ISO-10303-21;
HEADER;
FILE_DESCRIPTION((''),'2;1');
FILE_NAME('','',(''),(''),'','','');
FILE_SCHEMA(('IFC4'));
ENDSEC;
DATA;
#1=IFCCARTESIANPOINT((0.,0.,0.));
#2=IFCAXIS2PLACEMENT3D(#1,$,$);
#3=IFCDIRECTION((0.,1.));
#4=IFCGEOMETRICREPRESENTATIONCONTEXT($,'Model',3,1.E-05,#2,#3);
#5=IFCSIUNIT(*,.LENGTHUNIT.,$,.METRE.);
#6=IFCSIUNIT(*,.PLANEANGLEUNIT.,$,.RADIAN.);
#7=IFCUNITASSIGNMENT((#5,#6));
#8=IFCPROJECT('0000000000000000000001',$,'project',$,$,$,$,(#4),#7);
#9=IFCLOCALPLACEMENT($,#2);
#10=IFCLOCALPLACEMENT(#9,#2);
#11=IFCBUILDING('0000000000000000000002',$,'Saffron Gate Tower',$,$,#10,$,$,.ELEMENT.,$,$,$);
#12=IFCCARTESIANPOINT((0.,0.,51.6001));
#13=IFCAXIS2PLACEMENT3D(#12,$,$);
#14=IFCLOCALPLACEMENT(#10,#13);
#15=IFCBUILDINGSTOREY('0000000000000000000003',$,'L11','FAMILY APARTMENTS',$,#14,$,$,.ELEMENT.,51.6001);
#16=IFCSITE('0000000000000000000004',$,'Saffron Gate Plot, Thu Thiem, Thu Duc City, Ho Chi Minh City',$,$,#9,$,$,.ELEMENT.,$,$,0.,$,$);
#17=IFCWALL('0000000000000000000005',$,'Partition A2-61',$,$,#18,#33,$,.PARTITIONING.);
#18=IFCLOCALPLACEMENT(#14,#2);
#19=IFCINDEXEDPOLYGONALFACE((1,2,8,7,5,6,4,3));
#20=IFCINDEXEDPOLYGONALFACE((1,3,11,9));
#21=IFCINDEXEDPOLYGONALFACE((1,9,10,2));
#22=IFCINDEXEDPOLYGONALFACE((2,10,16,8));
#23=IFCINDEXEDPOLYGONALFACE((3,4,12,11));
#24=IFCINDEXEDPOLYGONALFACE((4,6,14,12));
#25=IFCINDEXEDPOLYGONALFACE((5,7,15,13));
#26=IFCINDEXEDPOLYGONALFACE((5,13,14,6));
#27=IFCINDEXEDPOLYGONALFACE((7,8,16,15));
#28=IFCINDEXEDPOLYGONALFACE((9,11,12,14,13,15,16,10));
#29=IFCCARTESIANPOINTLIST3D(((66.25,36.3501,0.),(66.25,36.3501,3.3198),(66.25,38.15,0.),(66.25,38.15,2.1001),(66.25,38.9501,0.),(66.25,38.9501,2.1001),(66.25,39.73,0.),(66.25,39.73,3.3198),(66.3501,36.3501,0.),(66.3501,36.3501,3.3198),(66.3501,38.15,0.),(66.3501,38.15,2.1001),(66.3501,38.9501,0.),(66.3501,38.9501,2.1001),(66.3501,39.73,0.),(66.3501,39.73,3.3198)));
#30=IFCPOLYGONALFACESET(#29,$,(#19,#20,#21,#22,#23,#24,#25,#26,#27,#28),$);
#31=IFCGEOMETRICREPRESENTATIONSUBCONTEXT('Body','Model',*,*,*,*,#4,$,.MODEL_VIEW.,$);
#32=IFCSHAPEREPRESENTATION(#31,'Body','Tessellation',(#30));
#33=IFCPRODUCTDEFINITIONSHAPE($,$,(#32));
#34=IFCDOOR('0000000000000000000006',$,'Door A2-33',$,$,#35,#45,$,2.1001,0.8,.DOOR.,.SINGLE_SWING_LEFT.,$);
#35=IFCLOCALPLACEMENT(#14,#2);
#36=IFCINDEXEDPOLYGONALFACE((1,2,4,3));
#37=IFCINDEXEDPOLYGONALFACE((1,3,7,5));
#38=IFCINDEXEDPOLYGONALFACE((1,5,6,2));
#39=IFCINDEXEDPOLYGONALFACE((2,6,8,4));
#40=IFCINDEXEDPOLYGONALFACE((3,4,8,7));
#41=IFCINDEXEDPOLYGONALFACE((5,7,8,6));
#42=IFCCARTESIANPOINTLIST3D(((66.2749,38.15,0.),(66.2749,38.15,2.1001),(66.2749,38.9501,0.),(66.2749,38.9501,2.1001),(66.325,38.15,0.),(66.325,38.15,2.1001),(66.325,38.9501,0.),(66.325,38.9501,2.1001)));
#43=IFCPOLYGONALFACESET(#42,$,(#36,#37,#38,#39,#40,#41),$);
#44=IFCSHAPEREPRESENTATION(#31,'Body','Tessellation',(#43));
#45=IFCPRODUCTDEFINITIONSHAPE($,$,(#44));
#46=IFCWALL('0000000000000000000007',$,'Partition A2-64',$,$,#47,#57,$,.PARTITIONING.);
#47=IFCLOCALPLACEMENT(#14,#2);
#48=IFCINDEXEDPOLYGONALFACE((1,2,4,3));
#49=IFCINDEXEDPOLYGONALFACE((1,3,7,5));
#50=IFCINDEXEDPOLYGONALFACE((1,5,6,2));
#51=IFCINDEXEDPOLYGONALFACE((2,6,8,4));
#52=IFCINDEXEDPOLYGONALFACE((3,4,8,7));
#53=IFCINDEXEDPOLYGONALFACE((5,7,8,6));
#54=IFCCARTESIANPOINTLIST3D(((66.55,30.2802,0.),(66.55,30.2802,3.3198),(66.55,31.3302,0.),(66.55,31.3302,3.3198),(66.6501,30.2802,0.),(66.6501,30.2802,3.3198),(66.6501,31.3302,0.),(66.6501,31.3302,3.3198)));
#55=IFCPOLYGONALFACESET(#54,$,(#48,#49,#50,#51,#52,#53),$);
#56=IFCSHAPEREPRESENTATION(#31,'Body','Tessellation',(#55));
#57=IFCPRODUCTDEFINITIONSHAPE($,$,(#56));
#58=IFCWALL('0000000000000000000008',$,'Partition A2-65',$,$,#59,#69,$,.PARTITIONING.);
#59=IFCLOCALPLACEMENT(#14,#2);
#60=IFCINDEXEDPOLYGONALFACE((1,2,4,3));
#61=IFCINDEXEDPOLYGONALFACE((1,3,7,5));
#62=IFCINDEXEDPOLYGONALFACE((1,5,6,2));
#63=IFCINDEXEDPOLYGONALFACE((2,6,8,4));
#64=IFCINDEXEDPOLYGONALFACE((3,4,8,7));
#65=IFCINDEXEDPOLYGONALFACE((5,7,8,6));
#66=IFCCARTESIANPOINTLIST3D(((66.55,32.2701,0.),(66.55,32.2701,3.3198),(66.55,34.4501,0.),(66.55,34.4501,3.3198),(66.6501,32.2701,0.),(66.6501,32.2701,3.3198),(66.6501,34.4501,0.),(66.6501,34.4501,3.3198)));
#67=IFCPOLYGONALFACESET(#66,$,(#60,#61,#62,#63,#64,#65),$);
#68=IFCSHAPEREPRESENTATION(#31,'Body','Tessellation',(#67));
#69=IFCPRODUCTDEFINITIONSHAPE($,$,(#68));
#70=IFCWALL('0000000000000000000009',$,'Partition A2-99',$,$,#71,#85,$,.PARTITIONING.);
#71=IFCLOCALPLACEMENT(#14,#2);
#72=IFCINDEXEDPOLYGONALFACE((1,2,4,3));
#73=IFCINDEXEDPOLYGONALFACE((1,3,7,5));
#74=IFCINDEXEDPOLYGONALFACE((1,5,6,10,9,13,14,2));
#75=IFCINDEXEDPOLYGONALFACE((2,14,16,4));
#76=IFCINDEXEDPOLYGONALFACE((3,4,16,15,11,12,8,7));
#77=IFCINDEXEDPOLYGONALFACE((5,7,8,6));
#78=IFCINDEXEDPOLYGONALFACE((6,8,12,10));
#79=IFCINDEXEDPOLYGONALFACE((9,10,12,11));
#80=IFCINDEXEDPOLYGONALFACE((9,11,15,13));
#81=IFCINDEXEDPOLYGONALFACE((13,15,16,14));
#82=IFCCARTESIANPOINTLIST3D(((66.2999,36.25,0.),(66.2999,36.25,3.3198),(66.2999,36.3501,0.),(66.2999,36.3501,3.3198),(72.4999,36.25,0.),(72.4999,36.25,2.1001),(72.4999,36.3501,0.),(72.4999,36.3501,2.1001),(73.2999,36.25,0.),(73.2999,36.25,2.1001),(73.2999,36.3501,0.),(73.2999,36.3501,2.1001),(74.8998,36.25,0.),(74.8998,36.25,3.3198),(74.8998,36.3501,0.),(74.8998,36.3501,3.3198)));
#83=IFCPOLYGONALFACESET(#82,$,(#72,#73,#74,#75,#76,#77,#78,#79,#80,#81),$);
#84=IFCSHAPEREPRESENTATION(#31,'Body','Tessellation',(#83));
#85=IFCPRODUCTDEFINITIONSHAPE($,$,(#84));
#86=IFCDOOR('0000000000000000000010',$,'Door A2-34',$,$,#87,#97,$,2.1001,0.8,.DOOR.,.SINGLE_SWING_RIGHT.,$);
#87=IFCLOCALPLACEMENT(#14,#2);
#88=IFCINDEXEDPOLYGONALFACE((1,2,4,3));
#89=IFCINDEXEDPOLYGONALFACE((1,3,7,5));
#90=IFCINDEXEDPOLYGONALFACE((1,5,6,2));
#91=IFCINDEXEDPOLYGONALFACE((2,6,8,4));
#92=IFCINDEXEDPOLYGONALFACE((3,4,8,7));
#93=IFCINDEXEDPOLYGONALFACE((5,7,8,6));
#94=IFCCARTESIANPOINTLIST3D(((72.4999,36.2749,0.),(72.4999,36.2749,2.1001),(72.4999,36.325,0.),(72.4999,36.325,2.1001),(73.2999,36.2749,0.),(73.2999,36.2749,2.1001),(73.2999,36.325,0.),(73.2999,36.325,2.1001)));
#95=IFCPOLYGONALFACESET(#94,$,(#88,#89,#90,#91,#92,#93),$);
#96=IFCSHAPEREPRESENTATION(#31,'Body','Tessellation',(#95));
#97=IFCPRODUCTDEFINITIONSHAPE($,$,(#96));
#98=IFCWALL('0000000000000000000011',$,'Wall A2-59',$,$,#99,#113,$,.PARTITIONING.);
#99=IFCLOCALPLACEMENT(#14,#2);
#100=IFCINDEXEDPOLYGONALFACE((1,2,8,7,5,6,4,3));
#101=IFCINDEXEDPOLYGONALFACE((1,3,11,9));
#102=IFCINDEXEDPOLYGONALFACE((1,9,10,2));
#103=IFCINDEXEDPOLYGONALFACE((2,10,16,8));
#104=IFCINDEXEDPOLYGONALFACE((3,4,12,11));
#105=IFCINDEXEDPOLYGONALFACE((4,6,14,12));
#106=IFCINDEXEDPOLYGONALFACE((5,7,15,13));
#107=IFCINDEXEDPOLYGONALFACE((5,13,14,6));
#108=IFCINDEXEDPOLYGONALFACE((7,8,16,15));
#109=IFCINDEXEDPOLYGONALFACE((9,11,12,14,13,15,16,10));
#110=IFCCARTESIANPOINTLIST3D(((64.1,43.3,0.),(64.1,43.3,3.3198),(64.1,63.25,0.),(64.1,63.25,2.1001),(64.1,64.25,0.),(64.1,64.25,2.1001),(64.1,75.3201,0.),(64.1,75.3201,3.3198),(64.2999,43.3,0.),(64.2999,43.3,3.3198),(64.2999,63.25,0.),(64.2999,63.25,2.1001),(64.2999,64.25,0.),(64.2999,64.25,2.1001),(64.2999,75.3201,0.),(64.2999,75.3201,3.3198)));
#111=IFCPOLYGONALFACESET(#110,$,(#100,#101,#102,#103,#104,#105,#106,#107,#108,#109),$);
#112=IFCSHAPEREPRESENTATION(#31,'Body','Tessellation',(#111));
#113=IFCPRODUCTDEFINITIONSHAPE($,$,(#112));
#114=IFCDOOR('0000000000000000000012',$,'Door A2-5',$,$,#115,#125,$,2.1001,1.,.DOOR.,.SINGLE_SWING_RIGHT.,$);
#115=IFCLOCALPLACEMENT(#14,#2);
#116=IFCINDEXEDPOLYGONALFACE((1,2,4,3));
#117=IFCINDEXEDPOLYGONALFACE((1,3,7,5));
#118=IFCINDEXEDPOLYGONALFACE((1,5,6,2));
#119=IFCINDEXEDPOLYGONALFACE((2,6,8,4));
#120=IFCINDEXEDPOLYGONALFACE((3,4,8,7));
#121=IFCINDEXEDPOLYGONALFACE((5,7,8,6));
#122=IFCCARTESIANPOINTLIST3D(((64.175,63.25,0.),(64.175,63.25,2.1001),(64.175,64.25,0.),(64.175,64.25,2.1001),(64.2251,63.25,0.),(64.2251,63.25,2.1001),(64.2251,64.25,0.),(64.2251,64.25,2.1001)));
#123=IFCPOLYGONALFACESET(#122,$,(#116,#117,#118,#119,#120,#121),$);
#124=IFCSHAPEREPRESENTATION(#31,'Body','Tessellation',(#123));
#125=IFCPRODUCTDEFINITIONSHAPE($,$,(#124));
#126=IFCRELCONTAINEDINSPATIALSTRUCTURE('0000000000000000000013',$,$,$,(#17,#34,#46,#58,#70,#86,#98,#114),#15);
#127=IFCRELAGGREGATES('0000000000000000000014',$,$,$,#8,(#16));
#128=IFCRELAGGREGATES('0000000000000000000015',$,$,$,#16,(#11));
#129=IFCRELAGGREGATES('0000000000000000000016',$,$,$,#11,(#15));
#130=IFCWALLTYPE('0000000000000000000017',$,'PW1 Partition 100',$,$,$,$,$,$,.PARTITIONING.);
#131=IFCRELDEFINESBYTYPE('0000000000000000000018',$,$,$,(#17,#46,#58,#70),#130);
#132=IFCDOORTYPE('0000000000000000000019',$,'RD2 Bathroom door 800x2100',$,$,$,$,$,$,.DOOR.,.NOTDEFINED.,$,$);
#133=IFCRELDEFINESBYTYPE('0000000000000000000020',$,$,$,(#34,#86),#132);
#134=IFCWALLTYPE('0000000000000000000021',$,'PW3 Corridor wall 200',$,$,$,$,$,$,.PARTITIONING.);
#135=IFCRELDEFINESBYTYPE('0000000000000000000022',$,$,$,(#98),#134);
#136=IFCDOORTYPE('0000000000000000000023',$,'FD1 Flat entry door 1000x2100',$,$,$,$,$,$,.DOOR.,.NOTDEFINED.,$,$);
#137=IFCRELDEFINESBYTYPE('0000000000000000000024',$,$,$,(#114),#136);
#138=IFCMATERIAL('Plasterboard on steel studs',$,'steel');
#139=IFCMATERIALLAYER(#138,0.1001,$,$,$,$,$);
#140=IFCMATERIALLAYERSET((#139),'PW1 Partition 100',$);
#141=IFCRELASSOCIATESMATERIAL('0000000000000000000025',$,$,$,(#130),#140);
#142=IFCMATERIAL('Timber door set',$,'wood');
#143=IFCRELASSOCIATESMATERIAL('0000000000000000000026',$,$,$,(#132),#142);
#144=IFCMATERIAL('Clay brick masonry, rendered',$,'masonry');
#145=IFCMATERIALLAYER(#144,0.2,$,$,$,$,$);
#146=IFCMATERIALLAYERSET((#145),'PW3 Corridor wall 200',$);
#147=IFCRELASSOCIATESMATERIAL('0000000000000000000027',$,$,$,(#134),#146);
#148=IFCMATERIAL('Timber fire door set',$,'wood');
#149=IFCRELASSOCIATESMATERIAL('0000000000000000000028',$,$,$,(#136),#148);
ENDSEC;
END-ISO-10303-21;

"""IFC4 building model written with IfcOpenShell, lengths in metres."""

from ifc_helpers import new_model, si_unit, direction, frame, frame_2d, origin, place, context, subcontext, project, spatial, rectangle, extrude, material, layer, layer_set, type_object, element, fill, save


model = new_model("IFC4")

# Units and contexts
model_context = context("Model", 3, precision=1e-05, world=origin(), true_north=direction((0.0, 1.0)))
body_context = subcontext(model_context, "Body", "Model", "MODEL_VIEW")
ifc_project = project(units=[si_unit("LENGTHUNIT", "METRE"), si_unit("PLANEANGLEUNIT", "RADIAN")], contexts=[model_context])

# Site, building, storey
site_placement = place(None, origin())
site = spatial("IfcSite", under=ifc_project, at=site_placement, Name="Saffron Gate Plot, Thu Thiem, Thu Duc City, Ho Chi Minh City", CompositionType="ELEMENT", RefElevation=0.0)
building_placement = place(site_placement, origin())
building = spatial("IfcBuilding", under=site, at=building_placement, Name="Saffron Gate Tower", CompositionType="ELEMENT")
storey_placement = place(building_placement, frame((0.0, 0.0, 51.6001)))
storey = spatial("IfcBuildingStorey", under=building, at=storey_placement, Name="L11", Description="FAMILY APARTMENTS", CompositionType="ELEMENT", Elevation=51.6001)

# Shared definitions
ifc_material_1 = material(Name="Plasterboard on steel studs", Category="steel")
ifc_layer_1 = layer(ifc_material_1, 0.1001)
ifc_layer_set_1 = layer_set([ifc_layer_1], Name="PW1 Partition 100")
wall_type_1 = type_object("IfcWallType", Name="PW1 Partition 100", PredefinedType="PARTITIONING", material=ifc_layer_set_1)

# Wall, opening, door
ifc_material_2 = material(Name="Timber door set", Category="wood")
wall_1_placement = place(storey_placement, frame((66.3, 39.73, 0.0), z_axis=(0.0, 0.0, 1.0), x_axis=(0.0, -1.0, 0.0)))
wall_1 = element("IfcWall", 1, at=wall_1_placement, inside=storey, type_object=wall_type_1, Name="Partition A2-61", PredefinedType="PARTITIONING", context=body_context, shape_type="SweptSolid", body=[
    extrude(rectangle(XDim=3.3799, YDim=0.1001, at=frame_2d((1.6899, 0.0))), origin(), (0.0, 0.0, 1.0), 3.3198),
])
opening_1_placement = place(wall_1_placement, frame((0.78, 0.0, 0.0)))
opening_1 = element("IfcOpeningElement", 2, at=opening_1_placement, cuts=wall_1, PredefinedType="OPENING", context=body_context, shape_type="SweptSolid", body=[
    extrude(rectangle(XDim=0.8, YDim=2.1001, at=frame_2d((0.3999, 1.05))), frame((0.0, 0.0601, 0.0), z_axis=(0.0, -1.0, 0.0), x_axis=(1.0, 0.0, 0.0)), (0.0, 0.0, 1.0), 0.1201),
])
door_type_1 = type_object("IfcDoorType", Name="RD2 Bathroom door 800x2100", OperationType="NOTDEFINED", PredefinedType="DOOR", material=ifc_material_2)
door_1_placement = place(opening_1_placement, origin())
door_1 = element("IfcDoor", 3, at=door_1_placement, inside=storey, type_object=door_type_1, Name="Door A2-33", OperationType="SINGLE_SWING_LEFT", OverallHeight=2.1001, OverallWidth=0.8, PredefinedType="DOOR", context=body_context, shape_type="SweptSolid", body=[
    extrude(rectangle(XDim=0.8, YDim=2.1001, at=frame_2d((0.3999, 1.05))), frame((0.0, 0.0249, 0.0), z_axis=(0.0, -1.0, 0.0), x_axis=(1.0, 0.0, 0.0)), (0.0, 0.0, 1.0), 0.05),
])
fill(opening_1, door_1)

# Walls
wall_2_placement = place(storey_placement, frame((66.6001, 31.3301, 0.0), z_axis=(0.0, 0.0, 1.0), x_axis=(0.0, -1.0, 0.0)))
element("IfcWall", 4, at=wall_2_placement, inside=storey, type_object=wall_type_1, Name="Partition A2-64", PredefinedType="PARTITIONING", context=body_context, shape_type="SweptSolid", body=[
    extrude(rectangle(XDim=1.05, YDim=0.1001, at=frame_2d((0.5249, 0.0))), origin(), (0.0, 0.0, 1.0), 3.3198),
])
wall_3_placement = place(storey_placement, frame((66.6001, 34.45, 0.0), z_axis=(0.0, 0.0, 1.0), x_axis=(0.0, -1.0, 0.0)))
element("IfcWall", 5, at=wall_3_placement, inside=storey, type_object=wall_type_1, Name="Partition A2-65", PredefinedType="PARTITIONING", context=body_context, shape_type="SweptSolid", body=[
    extrude(rectangle(XDim=2.1799, YDim=0.1001, at=frame_2d((1.0898, 0.0))), origin(), (0.0, 0.0, 1.0), 3.3198),
])

# Walls, openings, doors
wall_4_placement = place(storey_placement, frame((66.3, 36.3, 0.0), z_axis=(0.0, 0.0, 1.0), x_axis=(1.0, 0.0, 0.0)))
wall_4 = element("IfcWall", 6, at=wall_4_placement, inside=storey, type_object=wall_type_1, Name="Partition A2-99", PredefinedType="PARTITIONING", context=body_context, shape_type="SweptSolid", body=[
    extrude(rectangle(XDim=8.5999, YDim=0.1001, at=frame_2d((4.2998, 0.0))), origin(), (0.0, 0.0, 1.0), 3.3198),
])
opening_2_placement = place(wall_4_placement, frame((6.2, 0.0, 0.0)))
opening_2 = element("IfcOpeningElement", 7, at=opening_2_placement, cuts=wall_4, PredefinedType="OPENING", context=body_context, shape_type="SweptSolid", body=[
    extrude(rectangle(XDim=0.8, YDim=2.1001, at=frame_2d((0.3999, 1.05))), frame((0.0, 0.0601, 0.0), z_axis=(0.0, -1.0, 0.0), x_axis=(1.0, 0.0, 0.0)), (0.0, 0.0, 1.0), 0.1201),
])
door_2_placement = place(opening_2_placement, origin())
door_2 = element("IfcDoor", 8, at=door_2_placement, inside=storey, type_object=door_type_1, Name="Door A2-34", OperationType="SINGLE_SWING_RIGHT", OverallHeight=2.1001, OverallWidth=0.8, PredefinedType="DOOR", context=body_context, shape_type="SweptSolid", body=[
    extrude(rectangle(XDim=0.8, YDim=2.1001, at=frame_2d((0.3999, 1.05))), frame((0.0, 0.0249, 0.0), z_axis=(0.0, -1.0, 0.0), x_axis=(1.0, 0.0, 0.0)), (0.0, 0.0, 1.0), 0.05),
])
fill(opening_2, door_2)
ifc_material_3 = material(Name="Clay brick masonry, rendered", Category="masonry")
ifc_layer_2 = layer(ifc_material_3, 0.2)
ifc_layer_set_2 = layer_set([ifc_layer_2], Name="PW3 Corridor wall 200")
wall_type_2 = type_object("IfcWallType", Name="PW3 Corridor wall 200", PredefinedType="PARTITIONING", material=ifc_layer_set_2)
wall_5_placement = place(storey_placement, frame((64.2, 43.3, 0.0), z_axis=(0.0, 0.0, 1.0), x_axis=(0.0, 1.0, 0.0)))
wall_5 = element("IfcWall", 9, at=wall_5_placement, inside=storey, type_object=wall_type_2, Name="Wall A2-59", PredefinedType="PARTITIONING", context=body_context, shape_type="SweptSolid", body=[
    extrude(rectangle(XDim=32.02, YDim=0.2, at=frame_2d((16.01, 0.0))), origin(), (0.0, 0.0, 1.0), 3.3198),
])
opening_3_placement = place(wall_5_placement, frame((19.95, 0.0, 0.0)))
opening_3 = element("IfcOpeningElement", 10, at=opening_3_placement, cuts=wall_5, PredefinedType="OPENING", context=body_context, shape_type="SweptSolid", body=[
    extrude(rectangle(XDim=1.0, YDim=2.1001, at=frame_2d((0.5, 1.05))), frame((0.0, 0.1099, 0.0), z_axis=(0.0, -1.0, 0.0), x_axis=(1.0, 0.0, 0.0)), (0.0, 0.0, 1.0), 0.22),
])
ifc_material_4 = material(Name="Timber fire door set", Category="wood")
door_type_2 = type_object("IfcDoorType", Name="FD1 Flat entry door 1000x2100", OperationType="NOTDEFINED", PredefinedType="DOOR", material=ifc_material_4)
door_3_placement = place(opening_3_placement, origin())
door_3 = element("IfcDoor", 11, at=door_3_placement, inside=storey, type_object=door_type_2, Name="Door A2-5", OperationType="SINGLE_SWING_RIGHT", OverallHeight=2.1001, OverallWidth=1.0, PredefinedType="DOOR", context=body_context, shape_type="SweptSolid", body=[
    extrude(rectangle(XDim=1.0, YDim=2.1001, at=frame_2d((0.5, 1.05))), frame((0.0, 0.0249, 0.0), z_axis=(0.0, -1.0, 0.0), x_axis=(1.0, 0.0, 0.0)), (0.0, 0.0, 1.0), 0.05),
])
fill(opening_3, door_3)

save(model, "model.ifc")
